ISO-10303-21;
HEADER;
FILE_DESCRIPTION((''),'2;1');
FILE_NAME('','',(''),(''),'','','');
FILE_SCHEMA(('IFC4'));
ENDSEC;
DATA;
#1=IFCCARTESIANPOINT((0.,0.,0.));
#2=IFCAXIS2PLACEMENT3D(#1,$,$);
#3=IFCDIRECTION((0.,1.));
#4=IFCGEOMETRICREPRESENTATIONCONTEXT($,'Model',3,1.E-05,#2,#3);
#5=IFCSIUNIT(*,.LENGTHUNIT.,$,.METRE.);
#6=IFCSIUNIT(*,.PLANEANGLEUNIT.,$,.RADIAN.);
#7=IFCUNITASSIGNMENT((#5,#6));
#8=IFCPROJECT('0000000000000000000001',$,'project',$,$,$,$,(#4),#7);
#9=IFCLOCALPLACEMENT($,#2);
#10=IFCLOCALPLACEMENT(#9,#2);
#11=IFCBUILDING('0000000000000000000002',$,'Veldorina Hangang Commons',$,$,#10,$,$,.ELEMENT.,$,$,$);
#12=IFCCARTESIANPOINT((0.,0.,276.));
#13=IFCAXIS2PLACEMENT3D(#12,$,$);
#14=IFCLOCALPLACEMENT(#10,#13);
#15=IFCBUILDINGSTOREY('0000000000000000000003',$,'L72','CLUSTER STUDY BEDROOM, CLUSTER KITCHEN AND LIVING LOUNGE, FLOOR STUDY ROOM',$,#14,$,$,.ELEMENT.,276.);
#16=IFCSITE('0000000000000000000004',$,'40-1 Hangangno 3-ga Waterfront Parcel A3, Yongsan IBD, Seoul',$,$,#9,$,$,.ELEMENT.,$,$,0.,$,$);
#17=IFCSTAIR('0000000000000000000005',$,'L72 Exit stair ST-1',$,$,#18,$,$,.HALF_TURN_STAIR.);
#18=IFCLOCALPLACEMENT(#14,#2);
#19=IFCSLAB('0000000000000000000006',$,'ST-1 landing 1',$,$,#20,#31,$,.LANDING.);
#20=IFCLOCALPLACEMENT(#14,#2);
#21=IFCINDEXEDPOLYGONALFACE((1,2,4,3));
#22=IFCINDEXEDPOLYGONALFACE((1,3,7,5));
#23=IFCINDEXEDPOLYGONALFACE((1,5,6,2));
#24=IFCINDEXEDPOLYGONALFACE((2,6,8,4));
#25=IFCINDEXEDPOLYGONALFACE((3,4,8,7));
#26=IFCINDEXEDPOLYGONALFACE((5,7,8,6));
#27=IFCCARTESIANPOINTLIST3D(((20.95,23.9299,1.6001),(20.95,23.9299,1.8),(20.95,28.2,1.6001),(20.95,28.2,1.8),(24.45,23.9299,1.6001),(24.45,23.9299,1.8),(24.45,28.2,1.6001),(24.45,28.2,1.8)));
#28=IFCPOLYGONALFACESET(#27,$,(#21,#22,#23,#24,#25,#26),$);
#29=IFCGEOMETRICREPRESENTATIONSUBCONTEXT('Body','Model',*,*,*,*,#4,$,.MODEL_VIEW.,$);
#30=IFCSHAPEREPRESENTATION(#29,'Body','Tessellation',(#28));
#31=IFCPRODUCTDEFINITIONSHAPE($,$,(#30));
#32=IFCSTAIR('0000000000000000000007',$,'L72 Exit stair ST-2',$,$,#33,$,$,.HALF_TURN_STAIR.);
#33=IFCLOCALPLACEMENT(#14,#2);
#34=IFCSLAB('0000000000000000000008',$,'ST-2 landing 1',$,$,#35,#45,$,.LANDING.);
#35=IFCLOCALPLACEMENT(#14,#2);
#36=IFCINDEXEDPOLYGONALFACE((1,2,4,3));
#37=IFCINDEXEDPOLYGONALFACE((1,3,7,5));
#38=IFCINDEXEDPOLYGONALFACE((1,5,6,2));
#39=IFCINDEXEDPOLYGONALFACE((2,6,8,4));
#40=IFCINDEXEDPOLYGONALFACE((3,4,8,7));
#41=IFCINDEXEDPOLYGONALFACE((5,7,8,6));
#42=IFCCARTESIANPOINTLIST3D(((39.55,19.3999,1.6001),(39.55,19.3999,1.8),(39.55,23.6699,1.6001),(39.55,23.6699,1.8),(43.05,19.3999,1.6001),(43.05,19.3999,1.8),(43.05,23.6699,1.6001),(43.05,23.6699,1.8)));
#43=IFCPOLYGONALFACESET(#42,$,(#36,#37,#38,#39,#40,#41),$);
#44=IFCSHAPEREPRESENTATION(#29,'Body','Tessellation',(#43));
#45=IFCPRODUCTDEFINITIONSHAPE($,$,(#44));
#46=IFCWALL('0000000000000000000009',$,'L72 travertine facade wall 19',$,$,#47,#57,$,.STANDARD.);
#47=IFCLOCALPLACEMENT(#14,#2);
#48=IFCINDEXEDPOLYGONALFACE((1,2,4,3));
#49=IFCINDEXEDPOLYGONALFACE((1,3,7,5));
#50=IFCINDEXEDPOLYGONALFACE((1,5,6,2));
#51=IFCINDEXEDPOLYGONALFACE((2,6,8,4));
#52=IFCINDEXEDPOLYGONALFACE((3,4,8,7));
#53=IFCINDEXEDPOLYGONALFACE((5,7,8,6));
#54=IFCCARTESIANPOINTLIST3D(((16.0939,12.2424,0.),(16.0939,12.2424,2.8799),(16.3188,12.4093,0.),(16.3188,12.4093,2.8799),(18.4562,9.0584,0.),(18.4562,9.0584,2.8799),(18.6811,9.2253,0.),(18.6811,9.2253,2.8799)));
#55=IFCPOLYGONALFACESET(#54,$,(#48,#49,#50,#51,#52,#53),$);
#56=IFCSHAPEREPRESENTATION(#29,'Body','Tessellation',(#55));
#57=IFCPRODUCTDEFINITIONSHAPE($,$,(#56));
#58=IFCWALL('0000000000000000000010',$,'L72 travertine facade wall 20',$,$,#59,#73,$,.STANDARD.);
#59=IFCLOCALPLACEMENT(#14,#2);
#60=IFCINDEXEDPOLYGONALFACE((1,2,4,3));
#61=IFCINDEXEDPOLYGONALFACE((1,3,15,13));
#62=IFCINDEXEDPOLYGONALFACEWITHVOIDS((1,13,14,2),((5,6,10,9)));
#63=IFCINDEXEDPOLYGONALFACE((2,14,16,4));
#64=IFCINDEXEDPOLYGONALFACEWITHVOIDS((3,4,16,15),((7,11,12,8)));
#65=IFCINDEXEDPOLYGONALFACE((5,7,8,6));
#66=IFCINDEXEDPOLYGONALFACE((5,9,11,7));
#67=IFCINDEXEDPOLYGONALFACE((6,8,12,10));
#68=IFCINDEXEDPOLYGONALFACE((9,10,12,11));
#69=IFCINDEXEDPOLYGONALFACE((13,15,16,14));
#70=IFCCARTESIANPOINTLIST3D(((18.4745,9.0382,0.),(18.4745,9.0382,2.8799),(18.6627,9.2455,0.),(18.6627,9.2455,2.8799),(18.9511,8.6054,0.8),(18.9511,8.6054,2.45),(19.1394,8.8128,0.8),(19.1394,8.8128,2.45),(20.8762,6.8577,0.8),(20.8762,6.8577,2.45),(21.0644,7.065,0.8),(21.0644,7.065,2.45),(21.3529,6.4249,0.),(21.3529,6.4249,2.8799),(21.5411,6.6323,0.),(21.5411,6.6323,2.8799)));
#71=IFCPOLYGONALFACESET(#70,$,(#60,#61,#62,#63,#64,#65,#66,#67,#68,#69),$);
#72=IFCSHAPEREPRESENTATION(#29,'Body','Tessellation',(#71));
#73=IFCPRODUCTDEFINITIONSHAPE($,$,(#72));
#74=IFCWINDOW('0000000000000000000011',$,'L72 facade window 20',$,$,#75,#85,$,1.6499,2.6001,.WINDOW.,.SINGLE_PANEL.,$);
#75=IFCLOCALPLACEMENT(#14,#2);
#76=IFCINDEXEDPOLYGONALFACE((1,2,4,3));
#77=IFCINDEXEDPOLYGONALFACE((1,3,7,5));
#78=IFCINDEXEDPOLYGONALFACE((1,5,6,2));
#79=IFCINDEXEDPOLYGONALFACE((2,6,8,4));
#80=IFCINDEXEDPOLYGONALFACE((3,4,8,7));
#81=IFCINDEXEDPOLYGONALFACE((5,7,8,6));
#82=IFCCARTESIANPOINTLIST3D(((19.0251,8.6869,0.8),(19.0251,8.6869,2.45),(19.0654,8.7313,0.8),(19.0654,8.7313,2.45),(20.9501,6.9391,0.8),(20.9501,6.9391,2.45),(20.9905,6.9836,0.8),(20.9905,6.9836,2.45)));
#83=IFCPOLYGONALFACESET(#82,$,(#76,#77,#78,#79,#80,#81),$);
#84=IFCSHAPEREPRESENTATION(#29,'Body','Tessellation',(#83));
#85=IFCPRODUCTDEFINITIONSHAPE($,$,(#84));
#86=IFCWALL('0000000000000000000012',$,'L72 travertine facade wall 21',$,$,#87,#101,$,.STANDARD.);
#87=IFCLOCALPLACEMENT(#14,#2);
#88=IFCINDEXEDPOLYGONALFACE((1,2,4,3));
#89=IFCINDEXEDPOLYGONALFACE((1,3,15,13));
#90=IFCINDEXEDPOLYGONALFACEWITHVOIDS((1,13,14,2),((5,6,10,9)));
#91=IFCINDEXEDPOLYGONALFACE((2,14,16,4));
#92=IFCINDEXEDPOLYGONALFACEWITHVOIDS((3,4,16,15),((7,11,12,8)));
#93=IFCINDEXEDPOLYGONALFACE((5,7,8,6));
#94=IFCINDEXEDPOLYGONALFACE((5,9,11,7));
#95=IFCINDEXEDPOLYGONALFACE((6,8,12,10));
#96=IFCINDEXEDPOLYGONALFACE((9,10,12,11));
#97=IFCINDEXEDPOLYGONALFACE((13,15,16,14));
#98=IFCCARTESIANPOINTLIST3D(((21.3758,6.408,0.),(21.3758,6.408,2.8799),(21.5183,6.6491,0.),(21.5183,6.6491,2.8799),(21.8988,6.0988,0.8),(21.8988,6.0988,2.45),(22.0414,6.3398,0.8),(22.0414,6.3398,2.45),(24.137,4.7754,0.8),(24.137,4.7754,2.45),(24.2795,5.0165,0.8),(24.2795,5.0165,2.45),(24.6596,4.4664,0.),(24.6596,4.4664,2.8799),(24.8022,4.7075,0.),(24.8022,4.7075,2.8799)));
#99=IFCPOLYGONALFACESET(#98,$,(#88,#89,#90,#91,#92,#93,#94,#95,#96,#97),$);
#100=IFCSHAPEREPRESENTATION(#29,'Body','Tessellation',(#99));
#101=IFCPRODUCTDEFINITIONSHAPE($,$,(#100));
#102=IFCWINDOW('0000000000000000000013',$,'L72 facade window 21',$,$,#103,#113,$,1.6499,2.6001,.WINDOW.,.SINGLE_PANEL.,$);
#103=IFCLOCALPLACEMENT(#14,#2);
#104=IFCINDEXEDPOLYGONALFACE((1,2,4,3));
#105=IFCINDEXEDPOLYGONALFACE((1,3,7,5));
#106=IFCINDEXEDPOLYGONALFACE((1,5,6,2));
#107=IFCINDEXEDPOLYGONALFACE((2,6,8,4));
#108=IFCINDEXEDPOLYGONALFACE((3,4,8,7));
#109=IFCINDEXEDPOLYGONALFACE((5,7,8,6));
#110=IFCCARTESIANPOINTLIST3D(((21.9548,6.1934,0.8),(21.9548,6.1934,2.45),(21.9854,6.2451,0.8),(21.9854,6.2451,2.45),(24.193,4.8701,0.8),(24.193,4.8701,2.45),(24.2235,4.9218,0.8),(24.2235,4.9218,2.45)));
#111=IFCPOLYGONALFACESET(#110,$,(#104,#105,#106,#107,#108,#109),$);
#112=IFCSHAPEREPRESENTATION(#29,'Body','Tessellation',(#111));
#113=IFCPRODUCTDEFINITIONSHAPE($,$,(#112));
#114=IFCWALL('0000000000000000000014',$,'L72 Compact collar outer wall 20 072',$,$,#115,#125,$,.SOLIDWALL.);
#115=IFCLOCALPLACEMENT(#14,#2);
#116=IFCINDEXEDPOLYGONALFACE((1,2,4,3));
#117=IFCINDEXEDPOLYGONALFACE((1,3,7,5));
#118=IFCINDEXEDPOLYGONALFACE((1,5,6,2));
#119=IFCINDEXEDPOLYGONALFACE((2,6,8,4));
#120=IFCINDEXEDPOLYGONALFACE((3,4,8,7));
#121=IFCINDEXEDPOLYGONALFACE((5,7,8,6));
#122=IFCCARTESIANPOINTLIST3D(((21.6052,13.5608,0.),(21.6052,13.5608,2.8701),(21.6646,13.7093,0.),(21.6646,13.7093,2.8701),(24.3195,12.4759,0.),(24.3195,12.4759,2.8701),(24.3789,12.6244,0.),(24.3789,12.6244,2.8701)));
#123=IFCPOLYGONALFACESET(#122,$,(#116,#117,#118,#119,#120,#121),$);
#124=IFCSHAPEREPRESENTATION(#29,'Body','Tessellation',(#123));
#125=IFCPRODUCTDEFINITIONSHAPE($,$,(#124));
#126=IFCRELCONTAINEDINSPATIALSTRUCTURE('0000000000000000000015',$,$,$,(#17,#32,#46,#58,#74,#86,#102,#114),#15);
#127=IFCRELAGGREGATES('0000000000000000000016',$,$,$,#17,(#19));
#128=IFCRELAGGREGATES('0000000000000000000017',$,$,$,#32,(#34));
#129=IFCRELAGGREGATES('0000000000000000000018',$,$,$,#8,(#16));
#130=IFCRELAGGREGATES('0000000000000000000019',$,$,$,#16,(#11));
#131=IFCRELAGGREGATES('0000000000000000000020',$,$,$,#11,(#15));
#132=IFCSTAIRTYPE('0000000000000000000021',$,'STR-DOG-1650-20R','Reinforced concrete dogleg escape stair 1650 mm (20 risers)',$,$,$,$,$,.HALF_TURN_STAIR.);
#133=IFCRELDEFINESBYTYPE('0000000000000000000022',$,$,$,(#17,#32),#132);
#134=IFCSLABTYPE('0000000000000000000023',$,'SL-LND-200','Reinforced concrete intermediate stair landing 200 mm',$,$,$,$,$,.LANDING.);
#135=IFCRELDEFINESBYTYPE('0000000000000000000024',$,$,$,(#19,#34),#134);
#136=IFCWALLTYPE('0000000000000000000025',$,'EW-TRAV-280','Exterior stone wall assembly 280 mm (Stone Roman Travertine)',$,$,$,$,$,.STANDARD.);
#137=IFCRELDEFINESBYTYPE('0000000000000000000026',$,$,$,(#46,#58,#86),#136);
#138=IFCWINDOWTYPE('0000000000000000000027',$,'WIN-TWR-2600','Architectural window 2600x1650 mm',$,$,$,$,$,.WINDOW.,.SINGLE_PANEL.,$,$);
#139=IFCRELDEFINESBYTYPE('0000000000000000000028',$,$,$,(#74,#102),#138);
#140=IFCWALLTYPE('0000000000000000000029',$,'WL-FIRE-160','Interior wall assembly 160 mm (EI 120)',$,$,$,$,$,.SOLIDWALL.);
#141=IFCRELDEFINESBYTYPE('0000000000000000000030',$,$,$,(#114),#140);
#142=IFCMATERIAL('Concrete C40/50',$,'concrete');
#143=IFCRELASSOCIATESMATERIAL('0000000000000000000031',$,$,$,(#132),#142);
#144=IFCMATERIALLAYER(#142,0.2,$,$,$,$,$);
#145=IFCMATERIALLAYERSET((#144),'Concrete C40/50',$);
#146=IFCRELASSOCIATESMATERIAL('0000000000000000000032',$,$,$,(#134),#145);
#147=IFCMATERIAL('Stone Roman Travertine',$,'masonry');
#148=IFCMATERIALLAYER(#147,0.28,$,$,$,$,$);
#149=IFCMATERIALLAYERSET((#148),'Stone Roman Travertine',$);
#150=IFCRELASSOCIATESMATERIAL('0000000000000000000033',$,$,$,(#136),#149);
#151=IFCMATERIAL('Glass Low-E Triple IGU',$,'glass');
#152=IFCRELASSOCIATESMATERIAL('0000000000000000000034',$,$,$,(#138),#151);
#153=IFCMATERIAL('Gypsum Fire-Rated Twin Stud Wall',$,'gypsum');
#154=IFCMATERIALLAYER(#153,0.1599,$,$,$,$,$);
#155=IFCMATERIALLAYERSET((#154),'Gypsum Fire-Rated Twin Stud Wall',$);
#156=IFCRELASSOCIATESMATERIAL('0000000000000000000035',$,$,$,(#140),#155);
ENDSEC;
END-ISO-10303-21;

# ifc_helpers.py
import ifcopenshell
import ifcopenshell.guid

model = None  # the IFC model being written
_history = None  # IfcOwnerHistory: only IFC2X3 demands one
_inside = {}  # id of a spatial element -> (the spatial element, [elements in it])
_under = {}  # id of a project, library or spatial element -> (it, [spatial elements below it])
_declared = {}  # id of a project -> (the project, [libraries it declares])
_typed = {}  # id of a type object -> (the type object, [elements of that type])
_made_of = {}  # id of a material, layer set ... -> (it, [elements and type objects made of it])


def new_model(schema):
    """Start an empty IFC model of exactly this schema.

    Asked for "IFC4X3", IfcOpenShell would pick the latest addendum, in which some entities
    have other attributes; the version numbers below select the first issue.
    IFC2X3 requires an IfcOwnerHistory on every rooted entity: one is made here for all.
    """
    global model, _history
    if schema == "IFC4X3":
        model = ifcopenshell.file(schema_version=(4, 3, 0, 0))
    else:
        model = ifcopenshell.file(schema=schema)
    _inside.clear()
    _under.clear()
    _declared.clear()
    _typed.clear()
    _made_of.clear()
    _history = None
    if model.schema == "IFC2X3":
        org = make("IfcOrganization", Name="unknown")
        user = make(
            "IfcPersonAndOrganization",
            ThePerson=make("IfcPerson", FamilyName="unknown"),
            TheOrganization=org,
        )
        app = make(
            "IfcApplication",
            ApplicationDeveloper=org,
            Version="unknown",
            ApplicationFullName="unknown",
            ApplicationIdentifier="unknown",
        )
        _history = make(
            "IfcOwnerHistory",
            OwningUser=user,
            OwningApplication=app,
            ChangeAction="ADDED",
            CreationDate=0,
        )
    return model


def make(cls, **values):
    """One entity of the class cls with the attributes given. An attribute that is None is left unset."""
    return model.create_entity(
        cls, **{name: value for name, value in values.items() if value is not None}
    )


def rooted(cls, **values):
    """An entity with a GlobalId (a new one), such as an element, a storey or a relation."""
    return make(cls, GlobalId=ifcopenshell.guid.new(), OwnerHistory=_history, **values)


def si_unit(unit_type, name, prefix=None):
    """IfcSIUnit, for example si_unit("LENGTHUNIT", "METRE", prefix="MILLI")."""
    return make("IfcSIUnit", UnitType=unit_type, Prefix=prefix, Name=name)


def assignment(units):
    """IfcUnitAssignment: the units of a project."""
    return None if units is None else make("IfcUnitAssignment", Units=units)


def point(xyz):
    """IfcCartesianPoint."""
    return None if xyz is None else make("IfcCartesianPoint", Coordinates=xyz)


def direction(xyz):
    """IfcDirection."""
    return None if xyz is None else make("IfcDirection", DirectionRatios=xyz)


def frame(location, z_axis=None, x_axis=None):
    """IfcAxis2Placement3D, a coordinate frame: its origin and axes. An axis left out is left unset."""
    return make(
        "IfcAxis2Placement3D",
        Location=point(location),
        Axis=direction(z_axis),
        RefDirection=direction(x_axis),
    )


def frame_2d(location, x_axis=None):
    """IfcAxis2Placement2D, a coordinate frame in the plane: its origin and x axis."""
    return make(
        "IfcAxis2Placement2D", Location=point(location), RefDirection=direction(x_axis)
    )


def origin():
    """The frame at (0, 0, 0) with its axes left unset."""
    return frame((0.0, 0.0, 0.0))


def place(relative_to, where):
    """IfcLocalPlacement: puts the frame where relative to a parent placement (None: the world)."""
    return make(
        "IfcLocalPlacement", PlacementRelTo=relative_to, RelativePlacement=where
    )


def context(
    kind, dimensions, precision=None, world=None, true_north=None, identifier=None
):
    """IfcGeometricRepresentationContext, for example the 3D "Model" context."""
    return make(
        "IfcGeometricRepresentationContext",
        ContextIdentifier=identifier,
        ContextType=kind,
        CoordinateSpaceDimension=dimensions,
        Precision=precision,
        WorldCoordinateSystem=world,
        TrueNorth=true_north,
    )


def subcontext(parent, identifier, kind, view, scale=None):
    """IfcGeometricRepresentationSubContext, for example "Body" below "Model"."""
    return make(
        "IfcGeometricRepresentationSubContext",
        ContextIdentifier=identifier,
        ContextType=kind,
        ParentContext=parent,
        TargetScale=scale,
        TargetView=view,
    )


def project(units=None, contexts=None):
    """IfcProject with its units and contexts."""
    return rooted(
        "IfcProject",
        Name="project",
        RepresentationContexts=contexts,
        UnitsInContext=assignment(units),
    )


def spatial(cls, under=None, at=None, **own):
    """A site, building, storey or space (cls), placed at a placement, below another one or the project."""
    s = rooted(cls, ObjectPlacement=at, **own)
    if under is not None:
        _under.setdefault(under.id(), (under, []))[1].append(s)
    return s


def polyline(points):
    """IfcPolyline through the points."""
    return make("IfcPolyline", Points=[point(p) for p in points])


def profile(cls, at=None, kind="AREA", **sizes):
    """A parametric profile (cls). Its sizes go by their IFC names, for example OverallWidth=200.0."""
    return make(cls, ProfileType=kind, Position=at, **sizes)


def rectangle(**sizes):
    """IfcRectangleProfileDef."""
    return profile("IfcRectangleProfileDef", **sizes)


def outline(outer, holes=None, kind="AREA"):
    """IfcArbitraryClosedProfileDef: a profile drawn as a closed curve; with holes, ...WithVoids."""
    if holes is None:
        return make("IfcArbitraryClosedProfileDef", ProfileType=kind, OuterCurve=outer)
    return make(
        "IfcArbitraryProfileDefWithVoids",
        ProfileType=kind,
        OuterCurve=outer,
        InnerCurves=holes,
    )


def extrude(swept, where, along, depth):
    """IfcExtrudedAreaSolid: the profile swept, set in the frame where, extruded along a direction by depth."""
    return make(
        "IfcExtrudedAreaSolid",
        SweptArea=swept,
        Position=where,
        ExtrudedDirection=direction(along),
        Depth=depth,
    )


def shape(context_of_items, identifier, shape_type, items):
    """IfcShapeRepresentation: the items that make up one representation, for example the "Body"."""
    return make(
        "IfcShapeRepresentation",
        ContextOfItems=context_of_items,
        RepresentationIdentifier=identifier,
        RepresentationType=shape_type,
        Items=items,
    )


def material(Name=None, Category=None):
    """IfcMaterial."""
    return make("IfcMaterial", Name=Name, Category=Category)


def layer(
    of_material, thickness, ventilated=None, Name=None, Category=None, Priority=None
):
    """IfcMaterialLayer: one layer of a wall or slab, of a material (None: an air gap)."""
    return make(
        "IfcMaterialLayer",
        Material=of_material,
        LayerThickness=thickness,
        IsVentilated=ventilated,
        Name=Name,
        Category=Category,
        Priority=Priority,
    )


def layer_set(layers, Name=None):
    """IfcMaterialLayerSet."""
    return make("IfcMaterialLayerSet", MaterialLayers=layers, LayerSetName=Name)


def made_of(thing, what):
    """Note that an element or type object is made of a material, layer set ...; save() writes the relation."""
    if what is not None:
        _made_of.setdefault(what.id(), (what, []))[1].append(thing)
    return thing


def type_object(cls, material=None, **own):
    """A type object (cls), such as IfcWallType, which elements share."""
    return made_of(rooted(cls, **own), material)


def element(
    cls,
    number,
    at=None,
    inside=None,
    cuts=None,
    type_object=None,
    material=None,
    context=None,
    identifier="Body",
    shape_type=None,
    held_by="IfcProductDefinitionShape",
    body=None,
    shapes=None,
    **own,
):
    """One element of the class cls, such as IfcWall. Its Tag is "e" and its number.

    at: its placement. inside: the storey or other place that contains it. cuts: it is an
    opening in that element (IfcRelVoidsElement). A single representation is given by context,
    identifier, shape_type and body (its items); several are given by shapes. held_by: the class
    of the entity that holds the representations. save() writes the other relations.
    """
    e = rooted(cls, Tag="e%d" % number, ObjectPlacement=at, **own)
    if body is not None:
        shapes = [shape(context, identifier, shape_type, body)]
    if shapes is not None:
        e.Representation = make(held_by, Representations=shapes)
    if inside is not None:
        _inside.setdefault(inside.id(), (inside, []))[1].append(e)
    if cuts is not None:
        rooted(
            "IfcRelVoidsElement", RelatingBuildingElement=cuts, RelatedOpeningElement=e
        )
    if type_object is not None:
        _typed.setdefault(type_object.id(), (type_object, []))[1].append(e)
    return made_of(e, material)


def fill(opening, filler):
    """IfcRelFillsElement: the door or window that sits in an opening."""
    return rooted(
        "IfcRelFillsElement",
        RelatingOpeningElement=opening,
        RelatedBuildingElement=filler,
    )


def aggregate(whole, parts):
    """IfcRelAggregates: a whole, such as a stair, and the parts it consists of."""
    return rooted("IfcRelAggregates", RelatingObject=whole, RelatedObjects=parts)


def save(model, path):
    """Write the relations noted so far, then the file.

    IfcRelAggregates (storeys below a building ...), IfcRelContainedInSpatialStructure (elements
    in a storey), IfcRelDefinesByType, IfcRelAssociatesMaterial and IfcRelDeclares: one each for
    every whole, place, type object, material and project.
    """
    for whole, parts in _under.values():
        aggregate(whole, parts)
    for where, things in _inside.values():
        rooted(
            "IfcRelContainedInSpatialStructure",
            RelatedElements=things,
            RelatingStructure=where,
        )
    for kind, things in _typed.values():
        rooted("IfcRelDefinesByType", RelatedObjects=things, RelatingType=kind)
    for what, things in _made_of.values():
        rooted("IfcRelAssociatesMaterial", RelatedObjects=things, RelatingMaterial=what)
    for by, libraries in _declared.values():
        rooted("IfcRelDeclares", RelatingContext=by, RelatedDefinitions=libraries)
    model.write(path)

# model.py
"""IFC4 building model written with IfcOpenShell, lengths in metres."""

from ifc_helpers import new_model, si_unit, direction, frame, frame_2d, origin, place, context, subcontext, project, spatial, polyline, rectangle, outline, extrude, material, layer, layer_set, type_object, element, fill, aggregate, save


model = new_model("IFC4")

# Units and contexts
model_context = context("Model", 3, precision=1e-05, world=origin(), true_north=direction((0.0, 1.0)))
body_context = subcontext(model_context, "Body", "Model", "MODEL_VIEW")
ifc_project = project(units=[si_unit("LENGTHUNIT", "METRE"), si_unit("PLANEANGLEUNIT", "RADIAN")], contexts=[model_context])

# Site, building, storey
site_placement = place(None, origin())
site = spatial("IfcSite", under=ifc_project, at=site_placement, Name="40-1 Hangangno 3-ga Waterfront Parcel A3, Yongsan IBD, Seoul", CompositionType="ELEMENT", RefElevation=0.0)
building_placement = place(site_placement, origin())
building = spatial("IfcBuilding", under=site, at=building_placement, Name="Veldorina Hangang Commons", CompositionType="ELEMENT")
storey_placement = place(building_placement, frame((0.0, 0.0, 276.0)))
storey = spatial("IfcBuildingStorey", under=building, at=storey_placement, Name="L72", Description="CLUSTER STUDY BEDROOM, CLUSTER KITCHEN AND LIVING LOUNGE, FLOOR STUDY ROOM", CompositionType="ELEMENT", Elevation=276.0)

# Shared definitions
ifc_material_1 = material(Name="Concrete C40/50", Category="concrete")

# Stairs, slabs
stair_type = type_object("IfcStairType", Name="STR-DOG-1650-20R", Description="Reinforced concrete dogleg escape stair 1650 mm (20 risers)", PredefinedType="HALF_TURN_STAIR", material=ifc_material_1)
stair_1_placement = place(storey_placement, origin())
stair_1 = element("IfcStair", 1, at=stair_1_placement, inside=storey, type_object=stair_type, Name="L72 Exit stair ST-1", PredefinedType="HALF_TURN_STAIR")
ifc_layer_1 = layer(ifc_material_1, 0.2)
ifc_layer_set_1 = layer_set([ifc_layer_1], Name="Concrete C40/50")
slab_type_1 = type_object("IfcSlabType", Name="SL-LND-200", Description="Reinforced concrete intermediate stair landing 200 mm", PredefinedType="LANDING", material=ifc_layer_set_1)
slab_1_placement = place(storey_placement, frame((0.0, 0.0, 1.6001)))
slab_1 = element("IfcSlab", 2, at=slab_1_placement, type_object=slab_type_1, Name="ST-1 landing 1", PredefinedType="LANDING", context=body_context, shape_type="SweptSolid", body=[
    extrude(outline(polyline([(24.45, 23.9299), (24.45, 28.2), (20.95, 28.2), (20.95, 23.9299), (24.45, 23.9299)])), origin(), (0.0, 0.0, 1.0), 0.2),
])
aggregate(stair_1, [slab_1])
stair_2_placement = place(storey_placement, origin())
stair_2 = element("IfcStair", 3, at=stair_2_placement, inside=storey, type_object=stair_type, Name="L72 Exit stair ST-2", PredefinedType="HALF_TURN_STAIR")
slab_2_placement = place(storey_placement, frame((0.0, 0.0, 1.6001)))
slab_2 = element("IfcSlab", 4, at=slab_2_placement, type_object=slab_type_1, Name="ST-2 landing 1", PredefinedType="LANDING", context=body_context, shape_type="SweptSolid", body=[
    extrude(outline(polyline([(39.55, 23.6699), (39.55, 19.3999), (43.05, 19.3999), (43.05, 23.6699), (39.55, 23.6699)])), origin(), (0.0, 0.0, 1.0), 0.2),
])
aggregate(stair_2, [slab_2])

# Wall
ifc_material_2 = material(Name="Stone Roman Travertine", Category="masonry")
ifc_layer_2 = layer(ifc_material_2, 0.28)
ifc_layer_set_2 = layer_set([ifc_layer_2], Name="Stone Roman Travertine")
wall_type_1 = type_object("IfcWallType", Name="EW-TRAV-280", Description="Exterior stone wall assembly 280 mm (Stone Roman Travertine)", PredefinedType="STANDARD", material=ifc_layer_set_2)
wall_1_placement = place(storey_placement, frame((16.2063, 12.3259, 0.0), z_axis=(0.0, 0.0, 1.0), x_axis=(0.595834, -0.803108, 0.0)))
element("IfcWall", 5, at=wall_1_placement, inside=storey, type_object=wall_type_1, Name="L72 travertine facade wall 19", PredefinedType="STANDARD", context=body_context, shape_type="SweptSolid", body=[
    extrude(rectangle(XDim=3.9646, YDim=0.28, at=frame_2d((1.9824, 0.0))), origin(), (0.0, 0.0, 1.0), 2.8799),
])

# Walls, openings, windows
wall_2_placement = place(storey_placement, frame((18.5686, 9.1418, 0.0), z_axis=(0.0, 0.0, 1.0), x_axis=(0.740383, -0.672185, 0.0)))
wall_2 = element("IfcWall", 6, at=wall_2_placement, inside=storey, type_object=wall_type_1, Name="L72 travertine facade wall 20", PredefinedType="STANDARD", context=body_context, shape_type="SweptSolid", body=[
    extrude(rectangle(XDim=3.8877, YDim=0.28, at=frame_2d((1.9438, 0.0))), origin(), (0.0, 0.0, 1.0), 2.8799),
])
opening_1_placement = place(wall_2_placement, frame((0.6438, 0.0, 0.8)))
opening_1 = element("IfcOpeningElement", 7, at=opening_1_placement, cuts=wall_2, PredefinedType="OPENING", context=body_context, shape_type="SweptSolid", body=[
    extrude(rectangle(XDim=2.6001, YDim=1.6499, at=frame_2d((1.3, 0.825))), frame((0.0, 0.1499, 0.0), z_axis=(0.0, -1.0, 0.0), x_axis=(1.0, 0.0, 0.0)), (0.0, 0.0, 1.0), 0.3),
])
ifc_material_3 = material(Name="Glass Low-E Triple IGU", Category="glass")
window_type = type_object("IfcWindowType", Name="WIN-TWR-2600", Description="Architectural window 2600x1650 mm", PartitioningType="SINGLE_PANEL", PredefinedType="WINDOW", material=ifc_material_3)
window_1_placement = place(opening_1_placement, origin())
window_1 = element("IfcWindow", 8, at=window_1_placement, inside=storey, type_object=window_type, Name="L72 facade window 20", OverallHeight=1.6499, OverallWidth=2.6001, PartitioningType="SINGLE_PANEL", PredefinedType="WINDOW", context=body_context, shape_type="SweptSolid", body=[
    extrude(rectangle(XDim=2.6001, YDim=1.6499, at=frame_2d((1.3, 0.825))), frame((0.0, 0.03, 0.0), z_axis=(0.0, -1.0, 0.0), x_axis=(1.0, 0.0, 0.0)), (0.0, 0.0, 1.0), 0.0601),
])
fill(opening_1, window_1)
wall_3_placement = place(storey_placement, frame((21.447, 6.5286, 0.0), z_axis=(0.0, 0.0, 1.0), x_axis=(0.860795, -0.508951, 0.0)))
wall_3 = element("IfcWall", 9, at=wall_3_placement, inside=storey, type_object=wall_type_1, Name="L72 travertine facade wall 21", PredefinedType="STANDARD", context=body_context, shape_type="SweptSolid", body=[
    extrude(rectangle(XDim=3.8149, YDim=0.28, at=frame_2d((1.9075, 0.0))), origin(), (0.0, 0.0, 1.0), 2.8799),
])
opening_2_placement = place(wall_3_placement, frame((0.6077, 0.0, 0.8)))
opening_2 = element("IfcOpeningElement", 10, at=opening_2_placement, cuts=wall_3, PredefinedType="OPENING", context=body_context, shape_type="SweptSolid", body=[
    extrude(rectangle(XDim=2.6001, YDim=1.6499, at=frame_2d((1.3, 0.825))), frame((0.0, 0.1499, 0.0), z_axis=(0.0, -1.0, 0.0), x_axis=(1.0, 0.0, 0.0)), (0.0, 0.0, 1.0), 0.3),
])
window_2_placement = place(opening_2_placement, origin())
window_2 = element("IfcWindow", 11, at=window_2_placement, inside=storey, type_object=window_type, Name="L72 facade window 21", OverallHeight=1.6499, OverallWidth=2.6001, PartitioningType="SINGLE_PANEL", PredefinedType="WINDOW", context=body_context, shape_type="SweptSolid", body=[
    extrude(rectangle(XDim=2.6001, YDim=1.6499, at=frame_2d((1.3, 0.825))), frame((0.0, 0.03, 0.0), z_axis=(0.0, -1.0, 0.0), x_axis=(1.0, 0.0, 0.0)), (0.0, 0.0, 1.0), 0.0601),
])
fill(opening_2, window_2)

# Wall
ifc_material_4 = material(Name="Gypsum Fire-Rated Twin Stud Wall", Category="gypsum")
ifc_layer_3 = layer(ifc_material_4, 0.1599)
ifc_layer_set_3 = layer_set([ifc_layer_3], Name="Gypsum Fire-Rated Twin Stud Wall")
wall_type_2 = type_object("IfcWallType", Name="WL-FIRE-160", Description="Interior wall assembly 160 mm (EI 120)", PredefinedType="SOLIDWALL", material=ifc_layer_set_3)
wall_4_placement = place(storey_placement, frame((21.635, 13.635, 0.0), z_axis=(0.0, 0.0, 1.0), x_axis=(0.928569, -0.37116, 0.0)))
element("IfcWall", 12, at=wall_4_placement, inside=storey, type_object=wall_type_2, Name="L72 Compact collar outer wall 20 072", PredefinedType="SOLIDWALL", context=body_context, shape_type="SweptSolid", body=[
    extrude(rectangle(XDim=2.9231, YDim=0.1599, at=frame_2d((1.4614, 0.0))), origin(), (0.0, 0.0, 1.0), 2.8701),
])

save(model, "model.ifc")
